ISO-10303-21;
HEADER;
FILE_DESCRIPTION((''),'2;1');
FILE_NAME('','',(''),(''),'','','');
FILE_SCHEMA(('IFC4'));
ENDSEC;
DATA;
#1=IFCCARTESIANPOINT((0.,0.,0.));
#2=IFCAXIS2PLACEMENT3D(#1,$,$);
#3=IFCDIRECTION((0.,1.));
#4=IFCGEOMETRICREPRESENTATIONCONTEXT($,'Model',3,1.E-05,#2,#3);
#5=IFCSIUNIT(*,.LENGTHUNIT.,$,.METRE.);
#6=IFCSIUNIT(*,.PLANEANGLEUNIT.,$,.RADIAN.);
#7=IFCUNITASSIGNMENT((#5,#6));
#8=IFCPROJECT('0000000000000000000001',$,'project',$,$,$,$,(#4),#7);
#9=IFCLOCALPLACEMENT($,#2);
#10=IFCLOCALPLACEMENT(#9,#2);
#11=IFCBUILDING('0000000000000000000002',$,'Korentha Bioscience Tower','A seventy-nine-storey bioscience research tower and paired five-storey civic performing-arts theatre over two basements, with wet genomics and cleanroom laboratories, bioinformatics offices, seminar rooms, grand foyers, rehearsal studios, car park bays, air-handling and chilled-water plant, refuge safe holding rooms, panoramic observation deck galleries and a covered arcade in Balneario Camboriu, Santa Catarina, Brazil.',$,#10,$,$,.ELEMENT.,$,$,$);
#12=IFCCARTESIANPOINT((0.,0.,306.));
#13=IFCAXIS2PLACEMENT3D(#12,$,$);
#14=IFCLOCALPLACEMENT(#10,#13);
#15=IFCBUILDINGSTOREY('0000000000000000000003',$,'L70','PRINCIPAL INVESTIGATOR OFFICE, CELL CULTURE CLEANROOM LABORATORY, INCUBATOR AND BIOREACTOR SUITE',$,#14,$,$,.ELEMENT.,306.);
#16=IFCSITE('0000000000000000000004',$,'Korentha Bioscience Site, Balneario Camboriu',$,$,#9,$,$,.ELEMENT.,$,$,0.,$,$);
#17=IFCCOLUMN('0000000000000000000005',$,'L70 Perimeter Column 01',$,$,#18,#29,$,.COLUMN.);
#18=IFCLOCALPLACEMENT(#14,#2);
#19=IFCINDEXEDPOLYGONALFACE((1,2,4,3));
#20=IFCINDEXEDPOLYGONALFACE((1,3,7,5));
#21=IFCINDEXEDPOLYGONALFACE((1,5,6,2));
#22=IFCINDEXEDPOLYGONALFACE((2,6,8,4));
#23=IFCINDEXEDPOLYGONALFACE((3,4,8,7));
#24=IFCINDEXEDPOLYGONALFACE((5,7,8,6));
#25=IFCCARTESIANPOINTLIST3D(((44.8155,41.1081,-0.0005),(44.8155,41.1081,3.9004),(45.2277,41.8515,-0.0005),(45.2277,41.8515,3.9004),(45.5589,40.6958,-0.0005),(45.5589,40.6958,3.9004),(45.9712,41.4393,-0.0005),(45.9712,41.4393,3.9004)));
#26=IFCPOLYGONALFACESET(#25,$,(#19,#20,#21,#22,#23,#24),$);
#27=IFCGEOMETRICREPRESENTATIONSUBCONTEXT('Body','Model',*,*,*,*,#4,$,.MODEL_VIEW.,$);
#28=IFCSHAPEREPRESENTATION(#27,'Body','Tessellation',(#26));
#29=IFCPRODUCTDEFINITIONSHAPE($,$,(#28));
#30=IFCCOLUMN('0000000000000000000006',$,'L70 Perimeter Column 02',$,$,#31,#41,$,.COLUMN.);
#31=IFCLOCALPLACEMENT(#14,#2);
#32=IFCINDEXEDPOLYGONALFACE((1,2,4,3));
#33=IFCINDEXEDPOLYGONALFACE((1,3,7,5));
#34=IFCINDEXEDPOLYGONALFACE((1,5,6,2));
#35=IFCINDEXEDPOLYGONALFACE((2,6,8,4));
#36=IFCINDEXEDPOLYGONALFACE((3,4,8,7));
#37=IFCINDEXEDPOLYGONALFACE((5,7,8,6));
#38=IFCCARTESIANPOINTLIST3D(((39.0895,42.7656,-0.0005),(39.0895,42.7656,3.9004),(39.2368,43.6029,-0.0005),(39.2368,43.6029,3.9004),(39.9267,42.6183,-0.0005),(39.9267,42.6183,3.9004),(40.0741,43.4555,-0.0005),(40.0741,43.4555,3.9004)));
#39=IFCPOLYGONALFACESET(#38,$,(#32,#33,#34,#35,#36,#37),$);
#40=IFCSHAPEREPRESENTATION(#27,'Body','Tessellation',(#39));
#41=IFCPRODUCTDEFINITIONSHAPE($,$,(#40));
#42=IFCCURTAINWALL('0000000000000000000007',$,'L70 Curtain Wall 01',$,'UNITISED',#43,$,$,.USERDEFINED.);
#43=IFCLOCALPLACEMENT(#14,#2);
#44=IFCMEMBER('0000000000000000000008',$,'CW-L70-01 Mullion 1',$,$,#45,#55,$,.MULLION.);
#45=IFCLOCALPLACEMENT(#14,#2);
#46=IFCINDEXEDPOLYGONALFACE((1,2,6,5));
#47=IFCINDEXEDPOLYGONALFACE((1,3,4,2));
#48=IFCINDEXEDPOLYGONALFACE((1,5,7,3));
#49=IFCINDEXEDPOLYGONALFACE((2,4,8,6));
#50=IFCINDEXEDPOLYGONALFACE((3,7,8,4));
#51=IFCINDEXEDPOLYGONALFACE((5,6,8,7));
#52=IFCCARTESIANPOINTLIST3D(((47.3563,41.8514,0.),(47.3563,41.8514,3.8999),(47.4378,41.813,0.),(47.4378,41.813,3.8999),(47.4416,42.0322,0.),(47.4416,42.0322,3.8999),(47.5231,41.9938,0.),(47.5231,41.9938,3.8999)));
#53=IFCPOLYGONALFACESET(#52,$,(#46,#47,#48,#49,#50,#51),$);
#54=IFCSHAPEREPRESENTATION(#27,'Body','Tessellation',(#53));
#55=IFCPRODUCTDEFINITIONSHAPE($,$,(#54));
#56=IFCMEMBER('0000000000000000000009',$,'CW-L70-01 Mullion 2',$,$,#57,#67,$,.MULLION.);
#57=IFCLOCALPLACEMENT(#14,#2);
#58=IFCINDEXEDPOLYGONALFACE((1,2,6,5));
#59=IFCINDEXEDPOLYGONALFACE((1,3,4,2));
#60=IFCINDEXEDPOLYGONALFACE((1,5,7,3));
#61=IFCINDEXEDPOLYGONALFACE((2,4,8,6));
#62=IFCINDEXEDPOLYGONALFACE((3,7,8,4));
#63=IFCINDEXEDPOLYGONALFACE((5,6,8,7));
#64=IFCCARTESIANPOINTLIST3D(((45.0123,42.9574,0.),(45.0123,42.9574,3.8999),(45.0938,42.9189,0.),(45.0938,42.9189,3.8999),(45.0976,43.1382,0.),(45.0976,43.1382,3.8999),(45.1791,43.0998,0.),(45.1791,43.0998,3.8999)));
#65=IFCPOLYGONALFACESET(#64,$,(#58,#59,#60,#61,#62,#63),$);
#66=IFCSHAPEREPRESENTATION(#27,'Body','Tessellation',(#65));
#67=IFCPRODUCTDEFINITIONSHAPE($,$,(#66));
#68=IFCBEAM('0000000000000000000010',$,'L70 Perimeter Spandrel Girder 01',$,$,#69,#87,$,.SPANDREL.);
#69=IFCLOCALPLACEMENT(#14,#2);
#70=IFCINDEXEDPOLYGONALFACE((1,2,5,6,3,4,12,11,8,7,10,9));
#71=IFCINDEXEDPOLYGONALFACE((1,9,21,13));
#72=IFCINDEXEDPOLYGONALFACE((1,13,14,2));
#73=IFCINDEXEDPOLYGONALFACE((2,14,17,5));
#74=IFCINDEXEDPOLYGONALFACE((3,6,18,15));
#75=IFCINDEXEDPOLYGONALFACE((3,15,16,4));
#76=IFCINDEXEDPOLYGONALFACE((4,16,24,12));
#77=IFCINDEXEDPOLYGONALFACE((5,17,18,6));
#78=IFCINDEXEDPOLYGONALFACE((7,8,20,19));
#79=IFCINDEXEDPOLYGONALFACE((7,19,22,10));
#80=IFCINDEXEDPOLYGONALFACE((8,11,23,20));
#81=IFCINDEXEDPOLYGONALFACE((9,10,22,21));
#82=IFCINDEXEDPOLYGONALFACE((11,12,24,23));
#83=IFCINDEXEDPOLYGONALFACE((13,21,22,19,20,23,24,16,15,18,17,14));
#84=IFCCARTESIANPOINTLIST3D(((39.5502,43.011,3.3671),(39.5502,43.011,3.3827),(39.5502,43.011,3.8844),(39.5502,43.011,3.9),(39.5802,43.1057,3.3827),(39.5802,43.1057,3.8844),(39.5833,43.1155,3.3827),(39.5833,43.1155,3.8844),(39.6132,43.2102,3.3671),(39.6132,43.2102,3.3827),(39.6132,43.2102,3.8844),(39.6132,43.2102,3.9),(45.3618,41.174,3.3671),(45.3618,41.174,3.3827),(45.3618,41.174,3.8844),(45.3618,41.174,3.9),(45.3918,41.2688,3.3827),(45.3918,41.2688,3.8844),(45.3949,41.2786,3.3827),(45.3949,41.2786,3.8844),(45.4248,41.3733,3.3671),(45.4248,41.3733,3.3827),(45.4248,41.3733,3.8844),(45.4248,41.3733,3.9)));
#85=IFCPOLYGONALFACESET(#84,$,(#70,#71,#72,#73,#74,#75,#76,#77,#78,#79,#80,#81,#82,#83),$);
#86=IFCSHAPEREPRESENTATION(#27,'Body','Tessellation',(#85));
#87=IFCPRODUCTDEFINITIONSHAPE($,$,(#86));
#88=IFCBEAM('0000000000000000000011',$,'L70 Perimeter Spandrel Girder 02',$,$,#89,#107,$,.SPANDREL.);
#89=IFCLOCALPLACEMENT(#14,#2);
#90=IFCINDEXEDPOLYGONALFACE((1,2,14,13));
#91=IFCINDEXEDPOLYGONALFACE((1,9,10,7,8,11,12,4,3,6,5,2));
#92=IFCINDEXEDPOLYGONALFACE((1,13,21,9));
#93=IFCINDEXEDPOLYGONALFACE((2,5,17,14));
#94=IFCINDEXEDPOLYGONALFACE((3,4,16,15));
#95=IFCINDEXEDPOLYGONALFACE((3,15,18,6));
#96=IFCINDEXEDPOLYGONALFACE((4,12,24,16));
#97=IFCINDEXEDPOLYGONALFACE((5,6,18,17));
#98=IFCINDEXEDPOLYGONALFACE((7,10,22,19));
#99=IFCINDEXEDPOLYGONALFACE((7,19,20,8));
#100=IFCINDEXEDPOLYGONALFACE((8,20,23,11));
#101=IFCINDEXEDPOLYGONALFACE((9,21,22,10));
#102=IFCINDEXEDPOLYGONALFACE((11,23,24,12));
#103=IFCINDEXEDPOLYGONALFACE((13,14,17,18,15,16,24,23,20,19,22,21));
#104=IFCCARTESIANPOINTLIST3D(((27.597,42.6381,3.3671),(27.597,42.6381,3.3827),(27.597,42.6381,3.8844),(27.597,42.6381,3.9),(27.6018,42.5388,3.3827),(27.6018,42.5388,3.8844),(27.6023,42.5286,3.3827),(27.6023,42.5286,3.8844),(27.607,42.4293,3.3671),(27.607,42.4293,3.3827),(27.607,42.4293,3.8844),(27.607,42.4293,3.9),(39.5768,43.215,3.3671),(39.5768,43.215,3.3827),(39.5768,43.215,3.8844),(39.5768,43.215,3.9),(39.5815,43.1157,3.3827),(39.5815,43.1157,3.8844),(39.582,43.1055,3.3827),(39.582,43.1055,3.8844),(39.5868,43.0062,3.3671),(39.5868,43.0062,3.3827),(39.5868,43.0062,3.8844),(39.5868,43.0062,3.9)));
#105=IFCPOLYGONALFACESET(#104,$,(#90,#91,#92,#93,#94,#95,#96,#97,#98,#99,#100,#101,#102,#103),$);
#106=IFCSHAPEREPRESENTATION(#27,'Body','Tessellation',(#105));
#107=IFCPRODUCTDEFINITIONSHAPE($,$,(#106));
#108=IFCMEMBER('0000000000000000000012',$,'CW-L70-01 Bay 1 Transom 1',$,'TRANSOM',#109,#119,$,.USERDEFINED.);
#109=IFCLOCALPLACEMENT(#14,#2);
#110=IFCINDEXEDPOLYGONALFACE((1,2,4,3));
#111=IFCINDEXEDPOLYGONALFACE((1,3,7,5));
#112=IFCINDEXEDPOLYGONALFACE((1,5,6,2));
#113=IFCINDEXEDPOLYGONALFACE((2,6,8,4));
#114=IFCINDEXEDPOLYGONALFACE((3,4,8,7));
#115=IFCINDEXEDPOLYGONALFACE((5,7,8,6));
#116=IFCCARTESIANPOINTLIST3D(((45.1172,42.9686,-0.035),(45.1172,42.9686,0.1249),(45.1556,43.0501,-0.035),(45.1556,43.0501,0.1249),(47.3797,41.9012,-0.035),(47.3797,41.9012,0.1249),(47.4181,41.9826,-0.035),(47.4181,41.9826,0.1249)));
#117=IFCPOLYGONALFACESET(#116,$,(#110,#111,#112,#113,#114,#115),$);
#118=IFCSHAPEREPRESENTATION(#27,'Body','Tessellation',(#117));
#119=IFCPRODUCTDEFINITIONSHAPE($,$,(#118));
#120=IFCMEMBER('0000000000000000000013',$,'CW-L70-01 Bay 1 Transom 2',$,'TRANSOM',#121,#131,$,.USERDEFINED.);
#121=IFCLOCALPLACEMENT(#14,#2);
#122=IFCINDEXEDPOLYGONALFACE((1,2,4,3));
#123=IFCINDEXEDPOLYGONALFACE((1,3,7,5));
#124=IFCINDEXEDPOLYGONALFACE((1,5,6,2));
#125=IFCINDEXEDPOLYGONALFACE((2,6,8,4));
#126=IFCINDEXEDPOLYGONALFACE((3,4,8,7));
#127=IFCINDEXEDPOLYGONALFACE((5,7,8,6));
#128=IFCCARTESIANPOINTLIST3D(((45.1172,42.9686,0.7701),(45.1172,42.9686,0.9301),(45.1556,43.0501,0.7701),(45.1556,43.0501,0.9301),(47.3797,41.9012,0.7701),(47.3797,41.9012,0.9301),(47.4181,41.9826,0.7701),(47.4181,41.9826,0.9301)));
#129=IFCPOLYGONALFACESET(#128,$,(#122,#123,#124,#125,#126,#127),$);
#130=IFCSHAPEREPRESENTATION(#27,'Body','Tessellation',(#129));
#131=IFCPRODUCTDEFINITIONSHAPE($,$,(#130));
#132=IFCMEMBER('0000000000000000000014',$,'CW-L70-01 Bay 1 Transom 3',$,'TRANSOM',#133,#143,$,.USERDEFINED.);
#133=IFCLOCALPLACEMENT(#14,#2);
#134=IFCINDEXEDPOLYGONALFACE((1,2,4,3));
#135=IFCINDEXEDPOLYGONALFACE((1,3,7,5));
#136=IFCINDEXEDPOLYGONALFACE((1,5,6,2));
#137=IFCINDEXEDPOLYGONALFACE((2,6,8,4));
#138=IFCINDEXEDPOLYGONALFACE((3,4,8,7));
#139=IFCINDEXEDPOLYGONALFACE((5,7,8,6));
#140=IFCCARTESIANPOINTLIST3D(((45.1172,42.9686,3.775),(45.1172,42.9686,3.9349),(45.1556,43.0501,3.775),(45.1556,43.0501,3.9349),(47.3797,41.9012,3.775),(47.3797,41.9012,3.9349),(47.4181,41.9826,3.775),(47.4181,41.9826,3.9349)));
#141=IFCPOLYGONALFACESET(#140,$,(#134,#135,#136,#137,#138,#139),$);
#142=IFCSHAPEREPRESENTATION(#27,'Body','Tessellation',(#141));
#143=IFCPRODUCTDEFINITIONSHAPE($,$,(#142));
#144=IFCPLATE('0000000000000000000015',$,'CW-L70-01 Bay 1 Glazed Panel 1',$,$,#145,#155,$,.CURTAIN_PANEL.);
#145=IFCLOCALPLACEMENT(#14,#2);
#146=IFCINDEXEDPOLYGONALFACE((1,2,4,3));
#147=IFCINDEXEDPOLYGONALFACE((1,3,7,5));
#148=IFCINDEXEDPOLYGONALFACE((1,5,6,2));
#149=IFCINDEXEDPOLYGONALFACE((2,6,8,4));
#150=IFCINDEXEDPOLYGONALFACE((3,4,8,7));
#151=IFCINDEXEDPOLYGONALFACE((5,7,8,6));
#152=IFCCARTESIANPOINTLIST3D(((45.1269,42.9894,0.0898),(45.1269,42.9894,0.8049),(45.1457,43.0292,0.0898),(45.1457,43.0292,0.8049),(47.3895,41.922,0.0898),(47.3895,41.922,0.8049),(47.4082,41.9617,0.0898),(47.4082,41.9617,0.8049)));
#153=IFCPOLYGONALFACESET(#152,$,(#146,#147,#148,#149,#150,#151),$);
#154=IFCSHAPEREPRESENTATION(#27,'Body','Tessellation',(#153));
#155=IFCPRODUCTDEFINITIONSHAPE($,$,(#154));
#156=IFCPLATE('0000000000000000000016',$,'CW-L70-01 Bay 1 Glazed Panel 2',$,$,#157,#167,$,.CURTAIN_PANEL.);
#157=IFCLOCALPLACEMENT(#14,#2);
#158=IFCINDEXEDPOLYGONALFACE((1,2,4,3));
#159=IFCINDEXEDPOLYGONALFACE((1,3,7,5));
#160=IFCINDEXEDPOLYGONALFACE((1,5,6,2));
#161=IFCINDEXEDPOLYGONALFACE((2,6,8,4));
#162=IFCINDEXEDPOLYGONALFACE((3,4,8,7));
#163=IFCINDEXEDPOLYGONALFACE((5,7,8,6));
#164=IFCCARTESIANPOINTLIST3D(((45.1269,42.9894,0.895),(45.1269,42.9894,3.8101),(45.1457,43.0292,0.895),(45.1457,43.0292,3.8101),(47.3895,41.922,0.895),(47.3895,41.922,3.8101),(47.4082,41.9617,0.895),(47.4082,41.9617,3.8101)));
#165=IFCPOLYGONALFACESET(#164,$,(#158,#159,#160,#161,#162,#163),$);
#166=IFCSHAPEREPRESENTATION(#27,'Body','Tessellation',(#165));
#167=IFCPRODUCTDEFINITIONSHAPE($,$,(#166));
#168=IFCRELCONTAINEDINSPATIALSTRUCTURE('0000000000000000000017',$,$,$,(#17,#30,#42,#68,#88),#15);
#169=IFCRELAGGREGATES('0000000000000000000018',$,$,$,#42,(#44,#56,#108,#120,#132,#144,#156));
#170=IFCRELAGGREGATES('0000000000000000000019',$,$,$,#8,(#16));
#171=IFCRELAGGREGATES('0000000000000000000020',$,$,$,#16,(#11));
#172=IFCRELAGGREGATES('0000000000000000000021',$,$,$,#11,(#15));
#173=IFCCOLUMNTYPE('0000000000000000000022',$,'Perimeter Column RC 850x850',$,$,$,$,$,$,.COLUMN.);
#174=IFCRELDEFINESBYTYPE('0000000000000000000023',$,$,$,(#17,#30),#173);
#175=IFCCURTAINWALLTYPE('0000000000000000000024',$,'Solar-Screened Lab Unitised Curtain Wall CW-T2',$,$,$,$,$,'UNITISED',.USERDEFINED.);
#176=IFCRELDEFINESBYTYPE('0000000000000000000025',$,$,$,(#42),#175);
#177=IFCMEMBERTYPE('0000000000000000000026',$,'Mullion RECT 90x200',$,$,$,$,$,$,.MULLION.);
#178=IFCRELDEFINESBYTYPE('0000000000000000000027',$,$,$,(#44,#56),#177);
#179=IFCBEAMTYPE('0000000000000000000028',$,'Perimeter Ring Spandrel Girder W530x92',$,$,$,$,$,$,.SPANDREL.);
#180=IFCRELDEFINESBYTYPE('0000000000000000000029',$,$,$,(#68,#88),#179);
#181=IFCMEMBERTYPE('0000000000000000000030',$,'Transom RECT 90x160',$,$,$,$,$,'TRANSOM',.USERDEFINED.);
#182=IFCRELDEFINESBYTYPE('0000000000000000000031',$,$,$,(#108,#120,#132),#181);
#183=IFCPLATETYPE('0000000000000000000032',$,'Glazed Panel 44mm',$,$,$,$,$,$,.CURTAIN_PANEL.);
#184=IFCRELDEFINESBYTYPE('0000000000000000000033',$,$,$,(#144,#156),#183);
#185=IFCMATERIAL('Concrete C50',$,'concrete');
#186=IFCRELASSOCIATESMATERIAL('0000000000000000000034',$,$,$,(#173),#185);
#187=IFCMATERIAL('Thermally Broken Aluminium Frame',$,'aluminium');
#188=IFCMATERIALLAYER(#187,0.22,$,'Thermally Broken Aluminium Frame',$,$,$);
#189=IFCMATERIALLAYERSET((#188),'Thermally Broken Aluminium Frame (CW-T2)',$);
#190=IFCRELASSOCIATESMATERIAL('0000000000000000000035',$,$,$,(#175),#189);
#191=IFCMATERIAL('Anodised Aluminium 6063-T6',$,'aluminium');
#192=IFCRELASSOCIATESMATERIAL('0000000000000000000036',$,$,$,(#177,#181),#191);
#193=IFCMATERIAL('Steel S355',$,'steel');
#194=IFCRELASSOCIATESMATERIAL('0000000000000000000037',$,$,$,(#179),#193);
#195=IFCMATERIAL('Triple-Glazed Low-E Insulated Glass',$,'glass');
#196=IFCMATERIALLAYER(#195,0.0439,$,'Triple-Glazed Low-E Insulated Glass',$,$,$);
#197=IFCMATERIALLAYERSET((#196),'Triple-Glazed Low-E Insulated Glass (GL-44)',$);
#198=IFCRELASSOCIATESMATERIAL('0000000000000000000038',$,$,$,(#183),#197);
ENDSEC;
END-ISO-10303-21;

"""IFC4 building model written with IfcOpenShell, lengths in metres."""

from ifc_helpers import new_model, si_unit, direction, frame, origin, origin_2d, place, context, subcontext, project, spatial, rectangle, i_section, extrude, material, layer, layer_set, material_profile, profile_set, type_object, element, aggregate, save


model = new_model("IFC4")

# Units and contexts
model_context = context("Model", 3, precision=1e-05, world=origin(), true_north=direction((0.0, 1.0)))
body_context = subcontext(model_context, "Body", "Model", "MODEL_VIEW")
ifc_project = project(units=[si_unit("LENGTHUNIT", "METRE"), si_unit("PLANEANGLEUNIT", "RADIAN")], contexts=[model_context])

# Site, building, storey
site_placement = place(None, origin())
site = spatial("IfcSite", under=ifc_project, at=site_placement, Name="Korentha Bioscience Site, Balneario Camboriu", CompositionType="ELEMENT", RefElevation=0.0)
building_placement = place(site_placement, origin())
building = spatial("IfcBuilding", under=site, at=building_placement, Name="Korentha Bioscience Tower", Description="A seventy-nine-storey bioscience research tower and paired five-storey civic performing-arts theatre over two basements, with wet genomics and cleanroom laboratories, bioinformatics offices, seminar rooms, grand foyers, rehearsal studios, car park bays, air-handling and chilled-water plant, refuge safe holding rooms, panoramic observation deck galleries and a covered arcade in Balneario Camboriu, Santa Catarina, Brazil.", CompositionType="ELEMENT")
storey_placement = place(building_placement, frame((0.0, 0.0, 306.0)))
storey = spatial("IfcBuildingStorey", under=building, at=storey_placement, Name="L70", Description="PRINCIPAL INVESTIGATOR OFFICE, CELL CULTURE CLEANROOM LABORATORY, INCUBATOR AND BIOREACTOR SUITE", CompositionType="ELEMENT", Elevation=306.0)

# Columns
ifc_material_1 = material(Name="Concrete C50", Category="concrete")
ifc_material_profile_1 = material_profile(ifc_material_1, rectangle(XDim=0.8501, YDim=0.8501, at=origin_2d()), Name="Concrete C50")
ifc_profile_set_1 = profile_set([ifc_material_profile_1], Name="Concrete C50 (COL-P08)")
column_type = type_object("IfcColumnType", Name="Perimeter Column RC 850x850", PredefinedType="COLUMN", material=ifc_profile_set_1)
for number, where, z_axis, x_axis, name in (
    (1, (45.3933, 41.2737, -0.0005), (0.0, 0.0, 1.0), (-0.874535, 0.484962, 0.0), "L70 Perimeter Column 01"),
    (2, (39.5818, 43.1106, -0.0005), (0.0, 0.0, 1.0), (-0.984868, 0.173304, 0.0), "L70 Perimeter Column 02"),
):
    element("IfcColumn", number, at=place(storey_placement, frame(where, z_axis=z_axis, x_axis=x_axis)), inside=storey, type_object=column_type, Name=name, PredefinedType="COLUMN", context=body_context, shape_type="SweptSolid", body=[
        extrude(rectangle(XDim=0.8501, YDim=0.8501, at=origin_2d()), origin(), (0.0, 0.0, 1.0), 3.9009),
    ])

# Curtain wall, members
ifc_material_2 = material(Name="Thermally Broken Aluminium Frame", Category="aluminium")
ifc_layer_1 = layer(ifc_material_2, 0.22, Name="Thermally Broken Aluminium Frame")
ifc_layer_set_1 = layer_set([ifc_layer_1], Name="Thermally Broken Aluminium Frame (CW-T2)")
curtain_wall_type = type_object("IfcCurtainWallType", Name="Solar-Screened Lab Unitised Curtain Wall CW-T2", ElementType="UNITISED", PredefinedType="USERDEFINED", material=ifc_layer_set_1)
curtain_wall_placement = place(storey_placement, origin())
curtain_wall = element("IfcCurtainWall", 3, at=curtain_wall_placement, inside=storey, type_object=curtain_wall_type, Name="L70 Curtain Wall 01", ObjectType="UNITISED", PredefinedType="USERDEFINED")
ifc_material_3 = material(Name="Anodised Aluminium 6063-T6", Category="aluminium")
ifc_material_profile_2 = material_profile(ifc_material_3, rectangle(XDim=0.0901, YDim=0.2, at=origin_2d()), Name="Anodised Aluminium 6063-T6")
ifc_profile_set_2 = profile_set([ifc_material_profile_2], Name="Anodised Aluminium 6063-T6 (CW-MUL)")
member_type_1 = type_object("IfcMemberType", Name="Mullion RECT 90x200", PredefinedType="MULLION", material=ifc_profile_set_2)
member_1_placement = place(storey_placement, frame((47.4397, 41.9226, 0.0), z_axis=(0.0, 0.0, 1.0), x_axis=(-0.904397, 0.426691, 0.0)))
member_1 = element("IfcMember", 4, at=member_1_placement, type_object=member_type_1, Name="CW-L70-01 Mullion 1", PredefinedType="MULLION", context=body_context, shape_type="SweptSolid", body=[
    extrude(rectangle(XDim=0.0901, YDim=0.2, at=origin_2d()), origin(), (0.0, 0.0, 1.0), 3.8999),
])
member_2_placement = place(storey_placement, frame((45.0957, 43.0286, 0.0), z_axis=(0.0, 0.0, 1.0), x_axis=(-0.904397, 0.426691, 0.0)))
member_2 = element("IfcMember", 5, at=member_2_placement, type_object=member_type_1, Name="CW-L70-01 Mullion 2", PredefinedType="MULLION", context=body_context, shape_type="SweptSolid", body=[
    extrude(rectangle(XDim=0.0901, YDim=0.2, at=origin_2d()), origin(), (0.0, 0.0, 1.0), 3.8999),
])

# Beams
ifc_material_4 = material(Name="Steel S355", Category="steel")
ifc_material_profile_3 = material_profile(ifc_material_4, i_section(OverallWidth=0.209, OverallDepth=0.533, WebThickness=0.0103, FlangeThickness=0.0156, at=origin_2d()), Name="Steel S355")
ifc_profile_set_3 = profile_set([ifc_material_profile_3], Name="Steel S355 (SB-530)")
beam_type = type_object("IfcBeamType", Name="Perimeter Ring Spandrel Girder W530x92", PredefinedType="SPANDREL", material=ifc_profile_set_3)
beam_1_placement = place(storey_placement, frame((45.3933, 41.2737, 3.6335), z_axis=(-0.953503, 0.301384, 0.0), x_axis=(-0.301384, -0.953503, 0.0)))
element("IfcBeam", 6, at=beam_1_placement, inside=storey, type_object=beam_type, Name="L70 Perimeter Spandrel Girder 01", PredefinedType="SPANDREL", context=body_context, shape_type="SweptSolid", body=[
    extrude(i_section(OverallWidth=0.209, OverallDepth=0.533, WebThickness=0.0103, FlangeThickness=0.0156, at=origin_2d()), origin(), (0.0, 0.0, 1.0), 6.095),
])
beam_2_placement = place(storey_placement, frame((39.5818, 43.1106, 3.6335), z_axis=(-0.998842, -0.048101, 0.0), x_axis=(0.048101, -0.998842, 0.0)))
element("IfcBeam", 7, at=beam_2_placement, inside=storey, type_object=beam_type, Name="L70 Perimeter Spandrel Girder 02", PredefinedType="SPANDREL", context=body_context, shape_type="SweptSolid", body=[
    extrude(i_section(OverallWidth=0.209, OverallDepth=0.533, WebThickness=0.0103, FlangeThickness=0.0156, at=origin_2d()), origin(), (0.0, 0.0, 1.0), 11.9937),
])

# Members
ifc_material_profile_4 = material_profile(ifc_material_3, rectangle(XDim=0.0901, YDim=0.1599, at=origin_2d()), Name="Anodised Aluminium 6063-T6")
ifc_profile_set_4 = profile_set([ifc_material_profile_4], Name="Anodised Aluminium 6063-T6 (CW-TRN)")
member_type_2 = type_object("IfcMemberType", Name="Transom RECT 90x160", ElementType="TRANSOM", PredefinedType="USERDEFINED", material=ifc_profile_set_4)
member_3_placement = place(storey_placement, frame((47.3989, 41.9419, 0.0449), z_axis=(-0.904402, 0.42668, 0.0), x_axis=(-0.42668, -0.904402, 0.0)))
member_3 = element("IfcMember", 8, at=member_3_placement, type_object=member_type_2, Name="CW-L70-01 Bay 1 Transom 1", ObjectType="TRANSOM", PredefinedType="USERDEFINED", context=body_context, shape_type="SweptSolid", body=[
    extrude(rectangle(XDim=0.0901, YDim=0.1599, at=origin_2d()), origin(), (0.0, 0.0, 1.0), 2.5017),
])
member_4_placement = place(storey_placement, frame((47.3989, 41.9419, 0.8501), z_axis=(-0.904402, 0.42668, 0.0), x_axis=(-0.42668, -0.904402, 0.0)))
member_4 = element("IfcMember", 9, at=member_4_placement, type_object=member_type_2, Name="CW-L70-01 Bay 1 Transom 2", ObjectType="TRANSOM", PredefinedType="USERDEFINED", context=body_context, shape_type="SweptSolid", body=[
    extrude(rectangle(XDim=0.0901, YDim=0.1599, at=origin_2d()), origin(), (0.0, 0.0, 1.0), 2.5017),
])
member_5_placement = place(storey_placement, frame((47.3989, 41.9419, 3.855), z_axis=(-0.904402, 0.42668, 0.0), x_axis=(-0.42668, -0.904402, 0.0)))
member_5 = element("IfcMember", 10, at=member_5_placement, type_object=member_type_2, Name="CW-L70-01 Bay 1 Transom 3", ObjectType="TRANSOM", PredefinedType="USERDEFINED", context=body_context, shape_type="SweptSolid", body=[
    extrude(rectangle(XDim=0.0901, YDim=0.1599, at=origin_2d()), origin(), (0.0, 0.0, 1.0), 2.5017),
])

# Plates
ifc_material_5 = material(Name="Triple-Glazed Low-E Insulated Glass", Category="glass")
ifc_layer_2 = layer(ifc_material_5, 0.0439, Name="Triple-Glazed Low-E Insulated Glass")
ifc_layer_set_2 = layer_set([ifc_layer_2], Name="Triple-Glazed Low-E Insulated Glass (GL-44)")
plate_type = type_object("IfcPlateType", Name="Glazed Panel 44mm", PredefinedType="CURTAIN_PANEL", material=ifc_layer_set_2)
plate_1_placement = place(storey_placement, frame((46.2676, 42.4756, 0.0898), z_axis=(0.0, 0.0, 1.0), x_axis=(-0.904397, 0.426691, 0.0)))
plate_1 = element("IfcPlate", 11, at=plate_1_placement, type_object=plate_type, Name="CW-L70-01 Bay 1 Glazed Panel 1", PredefinedType="CURTAIN_PANEL", context=body_context, shape_type="SweptSolid", body=[
    extrude(rectangle(XDim=2.5017, YDim=0.0439, at=origin_2d()), origin(), (0.0, 0.0, 1.0), 0.7151),
])
plate_2_placement = place(storey_placement, frame((46.2676, 42.4756, 0.895), z_axis=(0.0, 0.0, 1.0), x_axis=(-0.904397, 0.426691, 0.0)))
plate_2 = element("IfcPlate", 12, at=plate_2_placement, type_object=plate_type, Name="CW-L70-01 Bay 1 Glazed Panel 2", PredefinedType="CURTAIN_PANEL", context=body_context, shape_type="SweptSolid", body=[
    extrude(rectangle(XDim=2.5017, YDim=0.0439, at=origin_2d()), origin(), (0.0, 0.0, 1.0), 2.915),
])
aggregate(curtain_wall, [member_1, member_2, member_3, member_4, member_5, plate_1, plate_2])

save(model, "model.ifc")
